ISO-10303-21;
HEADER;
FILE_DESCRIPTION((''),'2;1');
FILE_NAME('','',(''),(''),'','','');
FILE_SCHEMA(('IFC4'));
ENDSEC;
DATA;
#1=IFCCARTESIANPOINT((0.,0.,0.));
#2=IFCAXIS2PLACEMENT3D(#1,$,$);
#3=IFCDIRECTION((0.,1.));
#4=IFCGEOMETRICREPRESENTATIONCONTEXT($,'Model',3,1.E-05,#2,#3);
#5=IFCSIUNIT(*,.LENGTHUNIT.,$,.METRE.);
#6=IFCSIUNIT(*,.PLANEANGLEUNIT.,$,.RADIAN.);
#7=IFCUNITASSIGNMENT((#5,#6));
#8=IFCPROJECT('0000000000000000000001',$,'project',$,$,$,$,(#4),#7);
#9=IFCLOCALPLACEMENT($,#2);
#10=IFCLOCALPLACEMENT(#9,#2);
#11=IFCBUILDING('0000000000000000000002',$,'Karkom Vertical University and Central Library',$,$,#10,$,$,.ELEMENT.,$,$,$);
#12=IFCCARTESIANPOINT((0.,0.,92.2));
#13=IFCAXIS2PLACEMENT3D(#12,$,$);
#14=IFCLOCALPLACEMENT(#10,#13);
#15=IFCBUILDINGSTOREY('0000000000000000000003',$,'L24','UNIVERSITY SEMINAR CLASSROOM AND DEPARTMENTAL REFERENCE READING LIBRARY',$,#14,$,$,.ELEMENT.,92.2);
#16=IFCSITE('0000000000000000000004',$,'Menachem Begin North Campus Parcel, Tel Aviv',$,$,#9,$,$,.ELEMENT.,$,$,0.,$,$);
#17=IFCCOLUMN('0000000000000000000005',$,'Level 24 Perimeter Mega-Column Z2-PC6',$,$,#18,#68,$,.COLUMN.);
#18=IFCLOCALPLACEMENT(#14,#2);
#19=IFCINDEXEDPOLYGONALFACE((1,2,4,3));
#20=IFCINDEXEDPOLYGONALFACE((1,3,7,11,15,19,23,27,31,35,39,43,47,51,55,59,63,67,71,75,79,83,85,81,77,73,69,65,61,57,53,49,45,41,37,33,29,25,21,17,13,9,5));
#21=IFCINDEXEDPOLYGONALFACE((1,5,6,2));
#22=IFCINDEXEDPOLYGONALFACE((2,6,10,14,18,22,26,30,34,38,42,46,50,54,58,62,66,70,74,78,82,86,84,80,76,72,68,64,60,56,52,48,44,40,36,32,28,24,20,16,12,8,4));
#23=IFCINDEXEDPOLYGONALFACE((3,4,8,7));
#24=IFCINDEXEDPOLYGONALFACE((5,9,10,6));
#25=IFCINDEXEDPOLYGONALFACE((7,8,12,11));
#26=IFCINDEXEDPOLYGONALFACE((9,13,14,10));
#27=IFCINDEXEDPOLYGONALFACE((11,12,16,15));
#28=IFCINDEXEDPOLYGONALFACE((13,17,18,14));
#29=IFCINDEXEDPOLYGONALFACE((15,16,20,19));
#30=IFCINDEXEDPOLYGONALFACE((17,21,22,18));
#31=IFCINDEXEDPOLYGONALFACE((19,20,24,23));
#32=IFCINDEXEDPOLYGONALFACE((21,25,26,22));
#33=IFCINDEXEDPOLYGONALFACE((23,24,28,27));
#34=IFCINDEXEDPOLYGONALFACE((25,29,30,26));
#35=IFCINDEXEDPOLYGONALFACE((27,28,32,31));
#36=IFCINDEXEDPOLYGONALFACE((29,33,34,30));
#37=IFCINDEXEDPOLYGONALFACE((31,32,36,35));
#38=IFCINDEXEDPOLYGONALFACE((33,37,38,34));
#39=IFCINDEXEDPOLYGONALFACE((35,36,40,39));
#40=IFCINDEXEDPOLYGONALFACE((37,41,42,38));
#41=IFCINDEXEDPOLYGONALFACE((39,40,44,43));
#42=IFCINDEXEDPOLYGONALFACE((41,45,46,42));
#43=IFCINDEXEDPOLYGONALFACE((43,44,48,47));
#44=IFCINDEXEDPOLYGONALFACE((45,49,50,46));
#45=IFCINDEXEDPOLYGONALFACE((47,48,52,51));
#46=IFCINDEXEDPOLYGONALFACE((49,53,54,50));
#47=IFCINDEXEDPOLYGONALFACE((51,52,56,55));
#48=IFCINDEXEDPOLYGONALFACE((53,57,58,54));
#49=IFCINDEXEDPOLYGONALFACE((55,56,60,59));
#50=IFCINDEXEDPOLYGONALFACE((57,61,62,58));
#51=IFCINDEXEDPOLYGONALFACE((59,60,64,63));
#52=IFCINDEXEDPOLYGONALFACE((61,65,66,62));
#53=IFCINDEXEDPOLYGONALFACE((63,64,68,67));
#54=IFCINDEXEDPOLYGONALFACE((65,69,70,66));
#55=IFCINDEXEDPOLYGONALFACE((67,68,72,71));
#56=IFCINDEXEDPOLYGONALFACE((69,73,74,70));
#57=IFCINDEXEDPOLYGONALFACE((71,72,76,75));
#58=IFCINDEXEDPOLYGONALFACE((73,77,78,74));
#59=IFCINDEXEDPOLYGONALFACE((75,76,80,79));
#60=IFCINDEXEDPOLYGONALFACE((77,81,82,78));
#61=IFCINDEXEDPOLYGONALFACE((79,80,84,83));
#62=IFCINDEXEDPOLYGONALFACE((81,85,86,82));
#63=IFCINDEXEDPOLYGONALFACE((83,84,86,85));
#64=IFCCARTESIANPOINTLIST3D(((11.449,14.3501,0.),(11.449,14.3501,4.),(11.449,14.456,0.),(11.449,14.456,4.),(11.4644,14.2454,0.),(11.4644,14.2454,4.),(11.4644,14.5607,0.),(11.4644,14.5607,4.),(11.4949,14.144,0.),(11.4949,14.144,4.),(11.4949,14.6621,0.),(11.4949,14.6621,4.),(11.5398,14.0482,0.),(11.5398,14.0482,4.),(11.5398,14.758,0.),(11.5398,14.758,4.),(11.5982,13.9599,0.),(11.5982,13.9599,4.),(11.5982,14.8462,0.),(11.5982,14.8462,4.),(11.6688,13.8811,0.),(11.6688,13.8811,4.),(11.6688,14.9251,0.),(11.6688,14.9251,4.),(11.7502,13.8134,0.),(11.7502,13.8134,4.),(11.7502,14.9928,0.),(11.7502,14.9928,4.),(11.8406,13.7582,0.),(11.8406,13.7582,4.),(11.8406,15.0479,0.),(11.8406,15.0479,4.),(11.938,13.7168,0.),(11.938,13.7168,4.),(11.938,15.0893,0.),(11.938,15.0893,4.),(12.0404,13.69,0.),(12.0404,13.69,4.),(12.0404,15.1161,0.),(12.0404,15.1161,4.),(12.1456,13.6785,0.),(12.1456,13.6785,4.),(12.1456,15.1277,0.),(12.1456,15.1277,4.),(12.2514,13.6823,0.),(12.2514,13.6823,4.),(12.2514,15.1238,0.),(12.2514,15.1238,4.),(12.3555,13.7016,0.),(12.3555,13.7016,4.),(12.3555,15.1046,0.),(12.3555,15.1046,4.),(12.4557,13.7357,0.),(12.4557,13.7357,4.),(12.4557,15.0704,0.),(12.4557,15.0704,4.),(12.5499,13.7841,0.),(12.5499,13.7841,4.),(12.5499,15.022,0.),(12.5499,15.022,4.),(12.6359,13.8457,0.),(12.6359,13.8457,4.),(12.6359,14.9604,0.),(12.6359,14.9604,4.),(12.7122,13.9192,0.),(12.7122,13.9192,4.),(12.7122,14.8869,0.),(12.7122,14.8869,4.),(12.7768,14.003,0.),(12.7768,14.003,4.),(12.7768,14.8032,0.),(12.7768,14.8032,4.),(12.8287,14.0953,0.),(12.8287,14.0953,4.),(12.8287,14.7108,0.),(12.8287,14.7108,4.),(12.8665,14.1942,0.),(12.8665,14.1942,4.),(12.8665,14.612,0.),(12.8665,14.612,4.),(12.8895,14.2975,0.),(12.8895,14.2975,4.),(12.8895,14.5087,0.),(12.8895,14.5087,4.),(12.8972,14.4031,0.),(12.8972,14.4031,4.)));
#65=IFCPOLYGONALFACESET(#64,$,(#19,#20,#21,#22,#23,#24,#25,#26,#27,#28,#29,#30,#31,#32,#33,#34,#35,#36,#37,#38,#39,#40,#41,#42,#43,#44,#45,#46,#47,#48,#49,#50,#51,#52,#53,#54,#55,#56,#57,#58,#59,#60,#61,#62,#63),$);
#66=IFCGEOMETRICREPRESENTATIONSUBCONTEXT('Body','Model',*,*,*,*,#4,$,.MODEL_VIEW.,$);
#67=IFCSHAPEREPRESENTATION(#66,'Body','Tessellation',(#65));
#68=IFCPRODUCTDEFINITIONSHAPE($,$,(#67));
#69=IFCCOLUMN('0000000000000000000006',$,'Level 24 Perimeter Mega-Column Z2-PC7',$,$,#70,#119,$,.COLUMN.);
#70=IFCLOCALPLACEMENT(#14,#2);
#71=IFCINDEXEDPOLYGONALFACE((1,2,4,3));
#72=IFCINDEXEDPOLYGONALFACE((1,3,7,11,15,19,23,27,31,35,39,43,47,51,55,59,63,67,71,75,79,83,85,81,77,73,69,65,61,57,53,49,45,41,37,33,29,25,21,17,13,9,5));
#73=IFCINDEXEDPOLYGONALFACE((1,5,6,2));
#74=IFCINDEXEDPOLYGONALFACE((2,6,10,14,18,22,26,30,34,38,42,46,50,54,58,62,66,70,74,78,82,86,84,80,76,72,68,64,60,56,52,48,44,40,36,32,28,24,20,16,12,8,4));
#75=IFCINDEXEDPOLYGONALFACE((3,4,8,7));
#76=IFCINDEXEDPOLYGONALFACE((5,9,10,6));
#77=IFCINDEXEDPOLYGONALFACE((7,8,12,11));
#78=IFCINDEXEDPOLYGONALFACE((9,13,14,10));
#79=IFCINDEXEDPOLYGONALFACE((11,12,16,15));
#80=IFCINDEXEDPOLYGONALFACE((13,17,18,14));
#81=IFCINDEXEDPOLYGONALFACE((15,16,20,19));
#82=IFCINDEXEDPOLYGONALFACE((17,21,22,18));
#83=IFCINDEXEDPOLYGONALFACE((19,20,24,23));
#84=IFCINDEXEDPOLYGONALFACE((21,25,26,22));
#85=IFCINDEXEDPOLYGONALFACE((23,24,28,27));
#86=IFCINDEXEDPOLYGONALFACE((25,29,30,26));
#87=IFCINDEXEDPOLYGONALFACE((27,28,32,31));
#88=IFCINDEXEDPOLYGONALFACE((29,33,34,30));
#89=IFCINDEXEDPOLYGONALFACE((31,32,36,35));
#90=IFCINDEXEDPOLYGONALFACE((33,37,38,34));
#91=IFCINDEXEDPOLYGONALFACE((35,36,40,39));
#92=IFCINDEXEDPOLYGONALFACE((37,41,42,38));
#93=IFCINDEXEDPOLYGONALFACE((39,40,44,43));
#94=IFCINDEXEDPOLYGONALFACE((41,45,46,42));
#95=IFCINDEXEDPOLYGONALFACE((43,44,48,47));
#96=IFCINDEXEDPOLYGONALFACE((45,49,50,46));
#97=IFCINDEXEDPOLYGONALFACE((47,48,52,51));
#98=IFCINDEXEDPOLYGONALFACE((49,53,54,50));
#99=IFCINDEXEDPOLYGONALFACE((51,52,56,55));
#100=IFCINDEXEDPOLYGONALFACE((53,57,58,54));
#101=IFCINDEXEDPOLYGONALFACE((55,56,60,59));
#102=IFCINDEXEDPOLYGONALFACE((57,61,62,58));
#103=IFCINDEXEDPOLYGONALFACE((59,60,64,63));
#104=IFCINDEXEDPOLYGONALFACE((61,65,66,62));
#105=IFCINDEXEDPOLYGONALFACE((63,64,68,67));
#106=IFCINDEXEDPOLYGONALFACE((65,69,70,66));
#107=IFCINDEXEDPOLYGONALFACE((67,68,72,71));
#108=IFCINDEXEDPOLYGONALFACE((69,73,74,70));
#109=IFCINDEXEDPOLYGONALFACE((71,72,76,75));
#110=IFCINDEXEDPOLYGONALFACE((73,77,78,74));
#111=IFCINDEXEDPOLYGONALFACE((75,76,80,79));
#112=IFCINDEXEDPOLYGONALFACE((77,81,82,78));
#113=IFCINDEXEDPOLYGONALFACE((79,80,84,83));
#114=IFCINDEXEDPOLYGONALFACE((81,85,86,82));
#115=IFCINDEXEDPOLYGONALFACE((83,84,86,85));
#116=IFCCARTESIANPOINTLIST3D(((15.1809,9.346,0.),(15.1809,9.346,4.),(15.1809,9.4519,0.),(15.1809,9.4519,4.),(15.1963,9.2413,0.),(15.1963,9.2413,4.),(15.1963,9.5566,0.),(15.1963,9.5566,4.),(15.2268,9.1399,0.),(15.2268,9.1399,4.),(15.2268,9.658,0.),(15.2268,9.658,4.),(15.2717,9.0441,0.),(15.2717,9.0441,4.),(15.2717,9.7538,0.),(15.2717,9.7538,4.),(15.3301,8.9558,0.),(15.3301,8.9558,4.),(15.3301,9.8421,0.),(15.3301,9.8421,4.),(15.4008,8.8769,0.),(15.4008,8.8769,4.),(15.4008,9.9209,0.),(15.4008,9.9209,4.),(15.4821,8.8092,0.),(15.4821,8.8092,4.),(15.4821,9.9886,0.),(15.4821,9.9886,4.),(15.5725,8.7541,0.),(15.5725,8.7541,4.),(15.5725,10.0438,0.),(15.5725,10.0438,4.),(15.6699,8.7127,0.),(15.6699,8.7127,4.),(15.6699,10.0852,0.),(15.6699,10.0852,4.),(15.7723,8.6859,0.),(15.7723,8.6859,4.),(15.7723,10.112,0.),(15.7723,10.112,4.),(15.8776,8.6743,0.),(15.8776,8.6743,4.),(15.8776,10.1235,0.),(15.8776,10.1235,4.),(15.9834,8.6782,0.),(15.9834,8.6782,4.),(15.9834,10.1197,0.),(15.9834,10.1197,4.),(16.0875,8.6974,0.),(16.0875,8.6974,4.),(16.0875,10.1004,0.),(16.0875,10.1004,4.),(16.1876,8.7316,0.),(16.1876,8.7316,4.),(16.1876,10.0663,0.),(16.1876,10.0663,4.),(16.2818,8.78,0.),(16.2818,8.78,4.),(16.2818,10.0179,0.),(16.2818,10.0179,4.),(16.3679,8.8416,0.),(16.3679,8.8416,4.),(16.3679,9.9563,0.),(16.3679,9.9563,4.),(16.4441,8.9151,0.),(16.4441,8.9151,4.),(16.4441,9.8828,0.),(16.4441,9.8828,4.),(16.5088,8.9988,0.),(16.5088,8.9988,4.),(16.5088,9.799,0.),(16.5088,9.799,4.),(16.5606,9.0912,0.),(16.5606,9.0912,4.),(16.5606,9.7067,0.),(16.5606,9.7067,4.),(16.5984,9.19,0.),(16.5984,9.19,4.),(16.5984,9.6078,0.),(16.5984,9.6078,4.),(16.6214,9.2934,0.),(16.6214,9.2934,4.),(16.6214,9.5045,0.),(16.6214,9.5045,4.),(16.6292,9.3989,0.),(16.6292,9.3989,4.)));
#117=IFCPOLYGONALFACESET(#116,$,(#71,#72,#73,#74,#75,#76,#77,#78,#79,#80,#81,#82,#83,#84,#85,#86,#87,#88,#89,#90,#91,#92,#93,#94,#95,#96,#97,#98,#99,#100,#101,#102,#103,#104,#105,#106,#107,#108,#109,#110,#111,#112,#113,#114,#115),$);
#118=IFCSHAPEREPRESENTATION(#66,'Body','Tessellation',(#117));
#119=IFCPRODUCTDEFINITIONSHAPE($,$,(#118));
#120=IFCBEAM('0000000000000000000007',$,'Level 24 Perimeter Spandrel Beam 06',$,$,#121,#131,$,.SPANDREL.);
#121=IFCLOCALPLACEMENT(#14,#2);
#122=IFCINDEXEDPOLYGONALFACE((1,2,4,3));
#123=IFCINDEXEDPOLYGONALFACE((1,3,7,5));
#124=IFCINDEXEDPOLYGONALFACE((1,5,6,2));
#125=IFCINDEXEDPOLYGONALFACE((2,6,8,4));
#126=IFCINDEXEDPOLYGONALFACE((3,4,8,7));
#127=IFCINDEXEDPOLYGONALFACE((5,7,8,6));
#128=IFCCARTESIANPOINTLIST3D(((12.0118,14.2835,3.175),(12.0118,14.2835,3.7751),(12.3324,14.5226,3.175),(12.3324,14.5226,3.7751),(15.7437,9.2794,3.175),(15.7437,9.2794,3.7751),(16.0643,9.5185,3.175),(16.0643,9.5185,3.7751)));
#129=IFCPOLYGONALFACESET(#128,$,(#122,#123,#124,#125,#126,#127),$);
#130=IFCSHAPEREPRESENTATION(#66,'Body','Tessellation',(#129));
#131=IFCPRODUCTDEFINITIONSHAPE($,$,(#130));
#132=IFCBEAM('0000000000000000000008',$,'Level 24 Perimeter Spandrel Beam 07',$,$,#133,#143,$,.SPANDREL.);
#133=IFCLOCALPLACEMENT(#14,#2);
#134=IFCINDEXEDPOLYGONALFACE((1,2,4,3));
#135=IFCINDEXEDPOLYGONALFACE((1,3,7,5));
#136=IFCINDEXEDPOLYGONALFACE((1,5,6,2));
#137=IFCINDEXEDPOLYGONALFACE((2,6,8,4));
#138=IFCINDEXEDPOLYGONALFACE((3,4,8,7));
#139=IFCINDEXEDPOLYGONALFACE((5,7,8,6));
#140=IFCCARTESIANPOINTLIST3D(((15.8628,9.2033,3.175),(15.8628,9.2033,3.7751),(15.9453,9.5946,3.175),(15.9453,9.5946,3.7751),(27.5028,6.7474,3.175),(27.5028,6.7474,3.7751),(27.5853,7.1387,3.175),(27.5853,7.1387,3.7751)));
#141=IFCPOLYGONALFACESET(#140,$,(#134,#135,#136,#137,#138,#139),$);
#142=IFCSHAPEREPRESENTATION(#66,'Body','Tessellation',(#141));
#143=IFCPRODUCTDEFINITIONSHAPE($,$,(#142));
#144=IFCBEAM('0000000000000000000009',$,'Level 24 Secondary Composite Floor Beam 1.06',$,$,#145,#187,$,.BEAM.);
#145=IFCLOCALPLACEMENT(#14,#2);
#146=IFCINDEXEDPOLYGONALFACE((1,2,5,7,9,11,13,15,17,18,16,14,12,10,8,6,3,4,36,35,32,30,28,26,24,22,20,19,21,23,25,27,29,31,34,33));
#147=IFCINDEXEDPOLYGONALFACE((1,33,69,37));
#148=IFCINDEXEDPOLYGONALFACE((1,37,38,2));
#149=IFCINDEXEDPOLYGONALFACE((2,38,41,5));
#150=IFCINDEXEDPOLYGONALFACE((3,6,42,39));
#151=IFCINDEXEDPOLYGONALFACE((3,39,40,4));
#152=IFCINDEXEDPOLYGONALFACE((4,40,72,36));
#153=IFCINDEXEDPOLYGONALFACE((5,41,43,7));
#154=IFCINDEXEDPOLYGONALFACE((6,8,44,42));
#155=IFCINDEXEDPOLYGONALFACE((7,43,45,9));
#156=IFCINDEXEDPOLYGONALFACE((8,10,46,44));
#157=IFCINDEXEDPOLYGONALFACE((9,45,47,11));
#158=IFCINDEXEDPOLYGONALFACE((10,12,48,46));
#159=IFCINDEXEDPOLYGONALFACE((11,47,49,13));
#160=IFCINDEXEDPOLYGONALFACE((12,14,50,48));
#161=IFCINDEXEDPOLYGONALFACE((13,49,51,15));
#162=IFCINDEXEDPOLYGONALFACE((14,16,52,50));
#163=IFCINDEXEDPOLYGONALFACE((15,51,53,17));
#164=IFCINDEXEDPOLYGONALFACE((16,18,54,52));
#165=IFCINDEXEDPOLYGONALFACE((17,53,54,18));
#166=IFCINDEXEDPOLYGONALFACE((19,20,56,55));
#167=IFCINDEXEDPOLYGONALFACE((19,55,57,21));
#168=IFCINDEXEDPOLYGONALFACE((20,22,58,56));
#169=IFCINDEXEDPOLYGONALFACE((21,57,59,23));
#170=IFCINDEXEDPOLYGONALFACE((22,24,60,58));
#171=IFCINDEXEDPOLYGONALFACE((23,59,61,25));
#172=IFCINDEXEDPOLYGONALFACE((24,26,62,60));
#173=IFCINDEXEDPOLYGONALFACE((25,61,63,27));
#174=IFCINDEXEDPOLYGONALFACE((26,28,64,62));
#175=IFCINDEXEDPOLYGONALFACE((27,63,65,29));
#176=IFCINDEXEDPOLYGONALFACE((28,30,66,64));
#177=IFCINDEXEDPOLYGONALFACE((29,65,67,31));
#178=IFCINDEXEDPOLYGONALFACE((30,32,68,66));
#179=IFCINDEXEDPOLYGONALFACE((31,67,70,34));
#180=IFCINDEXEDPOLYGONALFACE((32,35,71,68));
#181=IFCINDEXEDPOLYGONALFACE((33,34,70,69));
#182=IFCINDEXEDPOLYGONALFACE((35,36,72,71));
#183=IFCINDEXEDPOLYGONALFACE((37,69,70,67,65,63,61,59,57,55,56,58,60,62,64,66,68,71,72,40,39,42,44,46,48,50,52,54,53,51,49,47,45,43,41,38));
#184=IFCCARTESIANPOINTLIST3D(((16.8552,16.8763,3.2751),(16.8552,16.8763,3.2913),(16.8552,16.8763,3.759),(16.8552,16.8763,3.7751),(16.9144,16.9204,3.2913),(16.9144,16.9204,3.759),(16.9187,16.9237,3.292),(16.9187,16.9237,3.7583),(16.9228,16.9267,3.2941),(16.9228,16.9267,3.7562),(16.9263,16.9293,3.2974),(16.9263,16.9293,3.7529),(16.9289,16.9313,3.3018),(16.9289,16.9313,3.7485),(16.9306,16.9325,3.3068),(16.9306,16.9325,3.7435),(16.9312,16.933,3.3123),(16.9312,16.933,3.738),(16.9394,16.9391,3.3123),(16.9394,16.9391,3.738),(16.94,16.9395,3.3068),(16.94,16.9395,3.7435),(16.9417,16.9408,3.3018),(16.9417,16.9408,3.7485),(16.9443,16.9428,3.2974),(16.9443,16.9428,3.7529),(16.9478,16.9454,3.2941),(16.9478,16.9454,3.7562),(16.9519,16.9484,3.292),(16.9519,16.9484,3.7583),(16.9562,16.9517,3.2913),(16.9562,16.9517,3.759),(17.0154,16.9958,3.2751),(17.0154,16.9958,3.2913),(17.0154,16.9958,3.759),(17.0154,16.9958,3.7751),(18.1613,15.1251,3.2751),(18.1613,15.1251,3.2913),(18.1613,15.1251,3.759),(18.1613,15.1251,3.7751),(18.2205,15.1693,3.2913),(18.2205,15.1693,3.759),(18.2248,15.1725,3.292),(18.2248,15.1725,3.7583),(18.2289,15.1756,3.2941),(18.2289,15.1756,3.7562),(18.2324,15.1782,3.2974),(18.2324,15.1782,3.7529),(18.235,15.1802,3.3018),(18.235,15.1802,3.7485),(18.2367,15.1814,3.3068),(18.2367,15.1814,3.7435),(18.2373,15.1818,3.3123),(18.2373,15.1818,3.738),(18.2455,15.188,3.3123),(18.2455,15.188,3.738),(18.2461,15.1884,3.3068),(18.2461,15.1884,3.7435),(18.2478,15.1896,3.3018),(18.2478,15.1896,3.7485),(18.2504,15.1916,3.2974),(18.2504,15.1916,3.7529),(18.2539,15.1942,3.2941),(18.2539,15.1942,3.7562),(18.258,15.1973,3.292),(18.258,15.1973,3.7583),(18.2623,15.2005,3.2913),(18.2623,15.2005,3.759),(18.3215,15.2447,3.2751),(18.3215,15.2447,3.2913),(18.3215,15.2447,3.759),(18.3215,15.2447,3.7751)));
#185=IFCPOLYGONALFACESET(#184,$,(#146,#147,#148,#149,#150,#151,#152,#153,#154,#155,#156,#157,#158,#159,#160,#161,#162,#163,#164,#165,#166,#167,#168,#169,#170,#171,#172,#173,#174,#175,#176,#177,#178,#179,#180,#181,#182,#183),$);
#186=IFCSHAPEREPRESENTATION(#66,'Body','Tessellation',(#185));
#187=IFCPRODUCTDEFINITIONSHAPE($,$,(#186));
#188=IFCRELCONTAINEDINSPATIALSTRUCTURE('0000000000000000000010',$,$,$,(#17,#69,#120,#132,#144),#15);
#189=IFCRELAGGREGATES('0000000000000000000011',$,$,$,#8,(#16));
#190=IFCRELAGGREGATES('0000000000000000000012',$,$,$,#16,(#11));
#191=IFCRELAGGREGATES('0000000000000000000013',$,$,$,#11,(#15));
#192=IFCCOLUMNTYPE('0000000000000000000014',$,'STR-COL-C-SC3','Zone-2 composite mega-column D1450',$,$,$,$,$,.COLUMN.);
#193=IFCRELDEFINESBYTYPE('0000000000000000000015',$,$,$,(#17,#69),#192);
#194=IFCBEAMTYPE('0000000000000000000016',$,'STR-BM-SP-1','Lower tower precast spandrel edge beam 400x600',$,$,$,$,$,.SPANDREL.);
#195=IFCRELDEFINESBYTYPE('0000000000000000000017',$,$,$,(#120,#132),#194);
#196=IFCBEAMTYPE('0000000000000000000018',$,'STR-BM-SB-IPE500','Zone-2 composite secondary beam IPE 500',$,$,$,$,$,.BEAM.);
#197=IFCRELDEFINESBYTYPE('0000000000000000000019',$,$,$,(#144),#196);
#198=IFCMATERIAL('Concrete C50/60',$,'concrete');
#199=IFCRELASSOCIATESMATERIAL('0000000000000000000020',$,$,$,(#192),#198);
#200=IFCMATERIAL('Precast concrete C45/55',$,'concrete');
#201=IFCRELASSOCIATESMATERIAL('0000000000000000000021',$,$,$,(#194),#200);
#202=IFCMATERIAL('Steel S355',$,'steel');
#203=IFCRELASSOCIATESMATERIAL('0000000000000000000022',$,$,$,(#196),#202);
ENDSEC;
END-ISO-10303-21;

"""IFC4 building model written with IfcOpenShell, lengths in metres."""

from ifc_helpers import new_model, si_unit, direction, frame, origin, origin_with_axes, origin_2d, place, context, subcontext, project, spatial, rectangle, circle, i_section, extrude, source, transform, mapped, material, material_profile, profile_set, type_object, element, save


model = new_model("IFC4")

# Units and contexts
model_context = context("Model", 3, precision=1e-05, world=origin(), true_north=direction((0.0, 1.0)))
body_context = subcontext(model_context, "Body", "Model", "MODEL_VIEW")
ifc_project = project(units=[si_unit("LENGTHUNIT", "METRE"), si_unit("PLANEANGLEUNIT", "RADIAN")], contexts=[model_context])

# Site, building, storey
site_placement = place(None, origin())
site = spatial("IfcSite", under=ifc_project, at=site_placement, Name="Menachem Begin North Campus Parcel, Tel Aviv", CompositionType="ELEMENT", RefElevation=0.0)
building_placement = place(site_placement, origin())
building = spatial("IfcBuilding", under=site, at=building_placement, Name="Karkom Vertical University and Central Library", CompositionType="ELEMENT")
storey_placement = place(building_placement, frame((0.0, 0.0, 92.2)))
storey = spatial("IfcBuildingStorey", under=building, at=storey_placement, Name="L24", Description="UNIVERSITY SEMINAR CLASSROOM AND DEPARTMENTAL REFERENCE READING LIBRARY", CompositionType="ELEMENT", Elevation=92.2)

# Columns
ifc_material_1 = material(Name="Concrete C50/60", Category="concrete")
ifc_material_profile_1 = material_profile(ifc_material_1, circle(Radius=0.7251, at=origin_2d()), Name="CFT-D1450")
ifc_profile_set_1 = profile_set([ifc_material_profile_1], Name="Concrete C50/60")
column_type = type_object("IfcColumnType", Name="STR-COL-C-SC3", Description="Zone-2 composite mega-column D1450", PredefinedType="COLUMN", material=ifc_profile_set_1)
shared_shape_1 = source(origin_with_axes(), body_context, "Body", "SweptSolid", [
    extrude(circle(Radius=0.7251, at=origin_2d()), origin(), (0.0, 0.0, 1.0), 4.0),
])
for number, where, z_axis, x_axis, name in (
    (1, (12.1721, 14.4031, 0.0), (0.0, 0.0, 1.0), (1.0, 0.0, 0.0), "Level 24 Perimeter Mega-Column Z2-PC6"),
    (2, (15.9041, 9.3989, 0.0), (0.0, 0.0, 1.0), (1.0, 0.0, 0.0), "Level 24 Perimeter Mega-Column Z2-PC7"),
):
    element("IfcColumn", number, at=place(storey_placement, frame(where, z_axis=z_axis, x_axis=x_axis)), inside=storey, type_object=column_type, Name=name, PredefinedType="COLUMN", context=body_context, shape_type="MappedRepresentation", body=[
        mapped(shared_shape_1, transform((0.0, 0.0, 0.0), scale=1.0)),
    ])

# Beams
ifc_material_2 = material(Name="Precast concrete C45/55", Category="concrete")
ifc_material_profile_2 = material_profile(ifc_material_2, rectangle(XDim=0.3999, YDim=0.6001, at=origin_2d()), Name="SPB-400x600")
ifc_profile_set_2 = profile_set([ifc_material_profile_2], Name="Precast concrete C45/55")
beam_type_1 = type_object("IfcBeamType", Name="STR-BM-SP-1", Description="Lower tower precast spandrel edge beam 400x600", PredefinedType="SPANDREL", material=ifc_profile_set_2)
shared_shape_2 = source(origin_with_axes(), body_context, "Body", "SweptSolid", [
    extrude(rectangle(XDim=0.3999, YDim=0.6001, at=origin_2d()), origin(), (0.0, 0.0, 1.0), 6.2424),
])
beam_1_placement = place(storey_placement, frame((12.1721, 14.4031, 3.4751), z_axis=(0.597826, -0.801626, 0.0), x_axis=(0.801626, 0.597826, 0.0)))
element("IfcBeam", 3, at=beam_1_placement, inside=storey, type_object=beam_type_1, Name="Level 24 Perimeter Spandrel Beam 06", PredefinedType="SPANDREL", context=body_context, shape_type="MappedRepresentation", body=[
    mapped(shared_shape_2, transform((0.0, 0.0, 0.0), scale=1.0)),
])
shared_shape_3 = source(origin_with_axes(), body_context, "Body", "SweptSolid", [
    extrude(rectangle(XDim=0.3999, YDim=0.6001, at=origin_2d()), origin(), (0.0, 0.0, 1.0), 11.8962),
])
beam_2_placement = place(storey_placement, frame((15.9041, 9.3989, 3.4751), z_axis=(0.97846, -0.206438, 0.0), x_axis=(0.206438, 0.97846, 0.0)))
element("IfcBeam", 4, at=beam_2_placement, inside=storey, type_object=beam_type_1, Name="Level 24 Perimeter Spandrel Beam 07", PredefinedType="SPANDREL", context=body_context, shape_type="MappedRepresentation", body=[
    mapped(shared_shape_3, transform((0.0, 0.0, 0.0), scale=1.0)),
])
ifc_material_3 = material(Name="Steel S355", Category="steel")
ifc_material_profile_3 = material_profile(ifc_material_3, i_section(OverallWidth=0.2, OverallDepth=0.5, WebThickness=0.0103, FlangeThickness=0.0161, FilletRadius=0.021, at=origin_2d()), Name="IPE 500")
ifc_profile_set_3 = profile_set([ifc_material_profile_3], Name="Steel S355")
beam_type_2 = type_object("IfcBeamType", Name="STR-BM-SB-IPE500", Description="Zone-2 composite secondary beam IPE 500", PredefinedType="BEAM", material=ifc_profile_set_3)
shared_shape_4 = source(origin_with_axes(), body_context, "Body", "SweptSolid", [
    extrude(i_section(OverallWidth=0.2, OverallDepth=0.5, WebThickness=0.0103, FlangeThickness=0.0161, FilletRadius=0.021, at=origin_2d()), origin(), (0.0, 0.0, 1.0), 2.1846),
])
beam_3_placement = place(storey_placement, frame((16.9353, 16.936, 3.5251), z_axis=(0.59787, -0.801593, 0.0), x_axis=(0.801593, 0.59787, 0.0)))
element("IfcBeam", 5, at=beam_3_placement, inside=storey, type_object=beam_type_2, Name="Level 24 Secondary Composite Floor Beam 1.06", PredefinedType="BEAM", context=body_context, shape_type="MappedRepresentation", body=[
    mapped(shared_shape_4, transform((0.0, 0.0, 0.0), scale=1.0)),
])

save(model, "model.ifc")
